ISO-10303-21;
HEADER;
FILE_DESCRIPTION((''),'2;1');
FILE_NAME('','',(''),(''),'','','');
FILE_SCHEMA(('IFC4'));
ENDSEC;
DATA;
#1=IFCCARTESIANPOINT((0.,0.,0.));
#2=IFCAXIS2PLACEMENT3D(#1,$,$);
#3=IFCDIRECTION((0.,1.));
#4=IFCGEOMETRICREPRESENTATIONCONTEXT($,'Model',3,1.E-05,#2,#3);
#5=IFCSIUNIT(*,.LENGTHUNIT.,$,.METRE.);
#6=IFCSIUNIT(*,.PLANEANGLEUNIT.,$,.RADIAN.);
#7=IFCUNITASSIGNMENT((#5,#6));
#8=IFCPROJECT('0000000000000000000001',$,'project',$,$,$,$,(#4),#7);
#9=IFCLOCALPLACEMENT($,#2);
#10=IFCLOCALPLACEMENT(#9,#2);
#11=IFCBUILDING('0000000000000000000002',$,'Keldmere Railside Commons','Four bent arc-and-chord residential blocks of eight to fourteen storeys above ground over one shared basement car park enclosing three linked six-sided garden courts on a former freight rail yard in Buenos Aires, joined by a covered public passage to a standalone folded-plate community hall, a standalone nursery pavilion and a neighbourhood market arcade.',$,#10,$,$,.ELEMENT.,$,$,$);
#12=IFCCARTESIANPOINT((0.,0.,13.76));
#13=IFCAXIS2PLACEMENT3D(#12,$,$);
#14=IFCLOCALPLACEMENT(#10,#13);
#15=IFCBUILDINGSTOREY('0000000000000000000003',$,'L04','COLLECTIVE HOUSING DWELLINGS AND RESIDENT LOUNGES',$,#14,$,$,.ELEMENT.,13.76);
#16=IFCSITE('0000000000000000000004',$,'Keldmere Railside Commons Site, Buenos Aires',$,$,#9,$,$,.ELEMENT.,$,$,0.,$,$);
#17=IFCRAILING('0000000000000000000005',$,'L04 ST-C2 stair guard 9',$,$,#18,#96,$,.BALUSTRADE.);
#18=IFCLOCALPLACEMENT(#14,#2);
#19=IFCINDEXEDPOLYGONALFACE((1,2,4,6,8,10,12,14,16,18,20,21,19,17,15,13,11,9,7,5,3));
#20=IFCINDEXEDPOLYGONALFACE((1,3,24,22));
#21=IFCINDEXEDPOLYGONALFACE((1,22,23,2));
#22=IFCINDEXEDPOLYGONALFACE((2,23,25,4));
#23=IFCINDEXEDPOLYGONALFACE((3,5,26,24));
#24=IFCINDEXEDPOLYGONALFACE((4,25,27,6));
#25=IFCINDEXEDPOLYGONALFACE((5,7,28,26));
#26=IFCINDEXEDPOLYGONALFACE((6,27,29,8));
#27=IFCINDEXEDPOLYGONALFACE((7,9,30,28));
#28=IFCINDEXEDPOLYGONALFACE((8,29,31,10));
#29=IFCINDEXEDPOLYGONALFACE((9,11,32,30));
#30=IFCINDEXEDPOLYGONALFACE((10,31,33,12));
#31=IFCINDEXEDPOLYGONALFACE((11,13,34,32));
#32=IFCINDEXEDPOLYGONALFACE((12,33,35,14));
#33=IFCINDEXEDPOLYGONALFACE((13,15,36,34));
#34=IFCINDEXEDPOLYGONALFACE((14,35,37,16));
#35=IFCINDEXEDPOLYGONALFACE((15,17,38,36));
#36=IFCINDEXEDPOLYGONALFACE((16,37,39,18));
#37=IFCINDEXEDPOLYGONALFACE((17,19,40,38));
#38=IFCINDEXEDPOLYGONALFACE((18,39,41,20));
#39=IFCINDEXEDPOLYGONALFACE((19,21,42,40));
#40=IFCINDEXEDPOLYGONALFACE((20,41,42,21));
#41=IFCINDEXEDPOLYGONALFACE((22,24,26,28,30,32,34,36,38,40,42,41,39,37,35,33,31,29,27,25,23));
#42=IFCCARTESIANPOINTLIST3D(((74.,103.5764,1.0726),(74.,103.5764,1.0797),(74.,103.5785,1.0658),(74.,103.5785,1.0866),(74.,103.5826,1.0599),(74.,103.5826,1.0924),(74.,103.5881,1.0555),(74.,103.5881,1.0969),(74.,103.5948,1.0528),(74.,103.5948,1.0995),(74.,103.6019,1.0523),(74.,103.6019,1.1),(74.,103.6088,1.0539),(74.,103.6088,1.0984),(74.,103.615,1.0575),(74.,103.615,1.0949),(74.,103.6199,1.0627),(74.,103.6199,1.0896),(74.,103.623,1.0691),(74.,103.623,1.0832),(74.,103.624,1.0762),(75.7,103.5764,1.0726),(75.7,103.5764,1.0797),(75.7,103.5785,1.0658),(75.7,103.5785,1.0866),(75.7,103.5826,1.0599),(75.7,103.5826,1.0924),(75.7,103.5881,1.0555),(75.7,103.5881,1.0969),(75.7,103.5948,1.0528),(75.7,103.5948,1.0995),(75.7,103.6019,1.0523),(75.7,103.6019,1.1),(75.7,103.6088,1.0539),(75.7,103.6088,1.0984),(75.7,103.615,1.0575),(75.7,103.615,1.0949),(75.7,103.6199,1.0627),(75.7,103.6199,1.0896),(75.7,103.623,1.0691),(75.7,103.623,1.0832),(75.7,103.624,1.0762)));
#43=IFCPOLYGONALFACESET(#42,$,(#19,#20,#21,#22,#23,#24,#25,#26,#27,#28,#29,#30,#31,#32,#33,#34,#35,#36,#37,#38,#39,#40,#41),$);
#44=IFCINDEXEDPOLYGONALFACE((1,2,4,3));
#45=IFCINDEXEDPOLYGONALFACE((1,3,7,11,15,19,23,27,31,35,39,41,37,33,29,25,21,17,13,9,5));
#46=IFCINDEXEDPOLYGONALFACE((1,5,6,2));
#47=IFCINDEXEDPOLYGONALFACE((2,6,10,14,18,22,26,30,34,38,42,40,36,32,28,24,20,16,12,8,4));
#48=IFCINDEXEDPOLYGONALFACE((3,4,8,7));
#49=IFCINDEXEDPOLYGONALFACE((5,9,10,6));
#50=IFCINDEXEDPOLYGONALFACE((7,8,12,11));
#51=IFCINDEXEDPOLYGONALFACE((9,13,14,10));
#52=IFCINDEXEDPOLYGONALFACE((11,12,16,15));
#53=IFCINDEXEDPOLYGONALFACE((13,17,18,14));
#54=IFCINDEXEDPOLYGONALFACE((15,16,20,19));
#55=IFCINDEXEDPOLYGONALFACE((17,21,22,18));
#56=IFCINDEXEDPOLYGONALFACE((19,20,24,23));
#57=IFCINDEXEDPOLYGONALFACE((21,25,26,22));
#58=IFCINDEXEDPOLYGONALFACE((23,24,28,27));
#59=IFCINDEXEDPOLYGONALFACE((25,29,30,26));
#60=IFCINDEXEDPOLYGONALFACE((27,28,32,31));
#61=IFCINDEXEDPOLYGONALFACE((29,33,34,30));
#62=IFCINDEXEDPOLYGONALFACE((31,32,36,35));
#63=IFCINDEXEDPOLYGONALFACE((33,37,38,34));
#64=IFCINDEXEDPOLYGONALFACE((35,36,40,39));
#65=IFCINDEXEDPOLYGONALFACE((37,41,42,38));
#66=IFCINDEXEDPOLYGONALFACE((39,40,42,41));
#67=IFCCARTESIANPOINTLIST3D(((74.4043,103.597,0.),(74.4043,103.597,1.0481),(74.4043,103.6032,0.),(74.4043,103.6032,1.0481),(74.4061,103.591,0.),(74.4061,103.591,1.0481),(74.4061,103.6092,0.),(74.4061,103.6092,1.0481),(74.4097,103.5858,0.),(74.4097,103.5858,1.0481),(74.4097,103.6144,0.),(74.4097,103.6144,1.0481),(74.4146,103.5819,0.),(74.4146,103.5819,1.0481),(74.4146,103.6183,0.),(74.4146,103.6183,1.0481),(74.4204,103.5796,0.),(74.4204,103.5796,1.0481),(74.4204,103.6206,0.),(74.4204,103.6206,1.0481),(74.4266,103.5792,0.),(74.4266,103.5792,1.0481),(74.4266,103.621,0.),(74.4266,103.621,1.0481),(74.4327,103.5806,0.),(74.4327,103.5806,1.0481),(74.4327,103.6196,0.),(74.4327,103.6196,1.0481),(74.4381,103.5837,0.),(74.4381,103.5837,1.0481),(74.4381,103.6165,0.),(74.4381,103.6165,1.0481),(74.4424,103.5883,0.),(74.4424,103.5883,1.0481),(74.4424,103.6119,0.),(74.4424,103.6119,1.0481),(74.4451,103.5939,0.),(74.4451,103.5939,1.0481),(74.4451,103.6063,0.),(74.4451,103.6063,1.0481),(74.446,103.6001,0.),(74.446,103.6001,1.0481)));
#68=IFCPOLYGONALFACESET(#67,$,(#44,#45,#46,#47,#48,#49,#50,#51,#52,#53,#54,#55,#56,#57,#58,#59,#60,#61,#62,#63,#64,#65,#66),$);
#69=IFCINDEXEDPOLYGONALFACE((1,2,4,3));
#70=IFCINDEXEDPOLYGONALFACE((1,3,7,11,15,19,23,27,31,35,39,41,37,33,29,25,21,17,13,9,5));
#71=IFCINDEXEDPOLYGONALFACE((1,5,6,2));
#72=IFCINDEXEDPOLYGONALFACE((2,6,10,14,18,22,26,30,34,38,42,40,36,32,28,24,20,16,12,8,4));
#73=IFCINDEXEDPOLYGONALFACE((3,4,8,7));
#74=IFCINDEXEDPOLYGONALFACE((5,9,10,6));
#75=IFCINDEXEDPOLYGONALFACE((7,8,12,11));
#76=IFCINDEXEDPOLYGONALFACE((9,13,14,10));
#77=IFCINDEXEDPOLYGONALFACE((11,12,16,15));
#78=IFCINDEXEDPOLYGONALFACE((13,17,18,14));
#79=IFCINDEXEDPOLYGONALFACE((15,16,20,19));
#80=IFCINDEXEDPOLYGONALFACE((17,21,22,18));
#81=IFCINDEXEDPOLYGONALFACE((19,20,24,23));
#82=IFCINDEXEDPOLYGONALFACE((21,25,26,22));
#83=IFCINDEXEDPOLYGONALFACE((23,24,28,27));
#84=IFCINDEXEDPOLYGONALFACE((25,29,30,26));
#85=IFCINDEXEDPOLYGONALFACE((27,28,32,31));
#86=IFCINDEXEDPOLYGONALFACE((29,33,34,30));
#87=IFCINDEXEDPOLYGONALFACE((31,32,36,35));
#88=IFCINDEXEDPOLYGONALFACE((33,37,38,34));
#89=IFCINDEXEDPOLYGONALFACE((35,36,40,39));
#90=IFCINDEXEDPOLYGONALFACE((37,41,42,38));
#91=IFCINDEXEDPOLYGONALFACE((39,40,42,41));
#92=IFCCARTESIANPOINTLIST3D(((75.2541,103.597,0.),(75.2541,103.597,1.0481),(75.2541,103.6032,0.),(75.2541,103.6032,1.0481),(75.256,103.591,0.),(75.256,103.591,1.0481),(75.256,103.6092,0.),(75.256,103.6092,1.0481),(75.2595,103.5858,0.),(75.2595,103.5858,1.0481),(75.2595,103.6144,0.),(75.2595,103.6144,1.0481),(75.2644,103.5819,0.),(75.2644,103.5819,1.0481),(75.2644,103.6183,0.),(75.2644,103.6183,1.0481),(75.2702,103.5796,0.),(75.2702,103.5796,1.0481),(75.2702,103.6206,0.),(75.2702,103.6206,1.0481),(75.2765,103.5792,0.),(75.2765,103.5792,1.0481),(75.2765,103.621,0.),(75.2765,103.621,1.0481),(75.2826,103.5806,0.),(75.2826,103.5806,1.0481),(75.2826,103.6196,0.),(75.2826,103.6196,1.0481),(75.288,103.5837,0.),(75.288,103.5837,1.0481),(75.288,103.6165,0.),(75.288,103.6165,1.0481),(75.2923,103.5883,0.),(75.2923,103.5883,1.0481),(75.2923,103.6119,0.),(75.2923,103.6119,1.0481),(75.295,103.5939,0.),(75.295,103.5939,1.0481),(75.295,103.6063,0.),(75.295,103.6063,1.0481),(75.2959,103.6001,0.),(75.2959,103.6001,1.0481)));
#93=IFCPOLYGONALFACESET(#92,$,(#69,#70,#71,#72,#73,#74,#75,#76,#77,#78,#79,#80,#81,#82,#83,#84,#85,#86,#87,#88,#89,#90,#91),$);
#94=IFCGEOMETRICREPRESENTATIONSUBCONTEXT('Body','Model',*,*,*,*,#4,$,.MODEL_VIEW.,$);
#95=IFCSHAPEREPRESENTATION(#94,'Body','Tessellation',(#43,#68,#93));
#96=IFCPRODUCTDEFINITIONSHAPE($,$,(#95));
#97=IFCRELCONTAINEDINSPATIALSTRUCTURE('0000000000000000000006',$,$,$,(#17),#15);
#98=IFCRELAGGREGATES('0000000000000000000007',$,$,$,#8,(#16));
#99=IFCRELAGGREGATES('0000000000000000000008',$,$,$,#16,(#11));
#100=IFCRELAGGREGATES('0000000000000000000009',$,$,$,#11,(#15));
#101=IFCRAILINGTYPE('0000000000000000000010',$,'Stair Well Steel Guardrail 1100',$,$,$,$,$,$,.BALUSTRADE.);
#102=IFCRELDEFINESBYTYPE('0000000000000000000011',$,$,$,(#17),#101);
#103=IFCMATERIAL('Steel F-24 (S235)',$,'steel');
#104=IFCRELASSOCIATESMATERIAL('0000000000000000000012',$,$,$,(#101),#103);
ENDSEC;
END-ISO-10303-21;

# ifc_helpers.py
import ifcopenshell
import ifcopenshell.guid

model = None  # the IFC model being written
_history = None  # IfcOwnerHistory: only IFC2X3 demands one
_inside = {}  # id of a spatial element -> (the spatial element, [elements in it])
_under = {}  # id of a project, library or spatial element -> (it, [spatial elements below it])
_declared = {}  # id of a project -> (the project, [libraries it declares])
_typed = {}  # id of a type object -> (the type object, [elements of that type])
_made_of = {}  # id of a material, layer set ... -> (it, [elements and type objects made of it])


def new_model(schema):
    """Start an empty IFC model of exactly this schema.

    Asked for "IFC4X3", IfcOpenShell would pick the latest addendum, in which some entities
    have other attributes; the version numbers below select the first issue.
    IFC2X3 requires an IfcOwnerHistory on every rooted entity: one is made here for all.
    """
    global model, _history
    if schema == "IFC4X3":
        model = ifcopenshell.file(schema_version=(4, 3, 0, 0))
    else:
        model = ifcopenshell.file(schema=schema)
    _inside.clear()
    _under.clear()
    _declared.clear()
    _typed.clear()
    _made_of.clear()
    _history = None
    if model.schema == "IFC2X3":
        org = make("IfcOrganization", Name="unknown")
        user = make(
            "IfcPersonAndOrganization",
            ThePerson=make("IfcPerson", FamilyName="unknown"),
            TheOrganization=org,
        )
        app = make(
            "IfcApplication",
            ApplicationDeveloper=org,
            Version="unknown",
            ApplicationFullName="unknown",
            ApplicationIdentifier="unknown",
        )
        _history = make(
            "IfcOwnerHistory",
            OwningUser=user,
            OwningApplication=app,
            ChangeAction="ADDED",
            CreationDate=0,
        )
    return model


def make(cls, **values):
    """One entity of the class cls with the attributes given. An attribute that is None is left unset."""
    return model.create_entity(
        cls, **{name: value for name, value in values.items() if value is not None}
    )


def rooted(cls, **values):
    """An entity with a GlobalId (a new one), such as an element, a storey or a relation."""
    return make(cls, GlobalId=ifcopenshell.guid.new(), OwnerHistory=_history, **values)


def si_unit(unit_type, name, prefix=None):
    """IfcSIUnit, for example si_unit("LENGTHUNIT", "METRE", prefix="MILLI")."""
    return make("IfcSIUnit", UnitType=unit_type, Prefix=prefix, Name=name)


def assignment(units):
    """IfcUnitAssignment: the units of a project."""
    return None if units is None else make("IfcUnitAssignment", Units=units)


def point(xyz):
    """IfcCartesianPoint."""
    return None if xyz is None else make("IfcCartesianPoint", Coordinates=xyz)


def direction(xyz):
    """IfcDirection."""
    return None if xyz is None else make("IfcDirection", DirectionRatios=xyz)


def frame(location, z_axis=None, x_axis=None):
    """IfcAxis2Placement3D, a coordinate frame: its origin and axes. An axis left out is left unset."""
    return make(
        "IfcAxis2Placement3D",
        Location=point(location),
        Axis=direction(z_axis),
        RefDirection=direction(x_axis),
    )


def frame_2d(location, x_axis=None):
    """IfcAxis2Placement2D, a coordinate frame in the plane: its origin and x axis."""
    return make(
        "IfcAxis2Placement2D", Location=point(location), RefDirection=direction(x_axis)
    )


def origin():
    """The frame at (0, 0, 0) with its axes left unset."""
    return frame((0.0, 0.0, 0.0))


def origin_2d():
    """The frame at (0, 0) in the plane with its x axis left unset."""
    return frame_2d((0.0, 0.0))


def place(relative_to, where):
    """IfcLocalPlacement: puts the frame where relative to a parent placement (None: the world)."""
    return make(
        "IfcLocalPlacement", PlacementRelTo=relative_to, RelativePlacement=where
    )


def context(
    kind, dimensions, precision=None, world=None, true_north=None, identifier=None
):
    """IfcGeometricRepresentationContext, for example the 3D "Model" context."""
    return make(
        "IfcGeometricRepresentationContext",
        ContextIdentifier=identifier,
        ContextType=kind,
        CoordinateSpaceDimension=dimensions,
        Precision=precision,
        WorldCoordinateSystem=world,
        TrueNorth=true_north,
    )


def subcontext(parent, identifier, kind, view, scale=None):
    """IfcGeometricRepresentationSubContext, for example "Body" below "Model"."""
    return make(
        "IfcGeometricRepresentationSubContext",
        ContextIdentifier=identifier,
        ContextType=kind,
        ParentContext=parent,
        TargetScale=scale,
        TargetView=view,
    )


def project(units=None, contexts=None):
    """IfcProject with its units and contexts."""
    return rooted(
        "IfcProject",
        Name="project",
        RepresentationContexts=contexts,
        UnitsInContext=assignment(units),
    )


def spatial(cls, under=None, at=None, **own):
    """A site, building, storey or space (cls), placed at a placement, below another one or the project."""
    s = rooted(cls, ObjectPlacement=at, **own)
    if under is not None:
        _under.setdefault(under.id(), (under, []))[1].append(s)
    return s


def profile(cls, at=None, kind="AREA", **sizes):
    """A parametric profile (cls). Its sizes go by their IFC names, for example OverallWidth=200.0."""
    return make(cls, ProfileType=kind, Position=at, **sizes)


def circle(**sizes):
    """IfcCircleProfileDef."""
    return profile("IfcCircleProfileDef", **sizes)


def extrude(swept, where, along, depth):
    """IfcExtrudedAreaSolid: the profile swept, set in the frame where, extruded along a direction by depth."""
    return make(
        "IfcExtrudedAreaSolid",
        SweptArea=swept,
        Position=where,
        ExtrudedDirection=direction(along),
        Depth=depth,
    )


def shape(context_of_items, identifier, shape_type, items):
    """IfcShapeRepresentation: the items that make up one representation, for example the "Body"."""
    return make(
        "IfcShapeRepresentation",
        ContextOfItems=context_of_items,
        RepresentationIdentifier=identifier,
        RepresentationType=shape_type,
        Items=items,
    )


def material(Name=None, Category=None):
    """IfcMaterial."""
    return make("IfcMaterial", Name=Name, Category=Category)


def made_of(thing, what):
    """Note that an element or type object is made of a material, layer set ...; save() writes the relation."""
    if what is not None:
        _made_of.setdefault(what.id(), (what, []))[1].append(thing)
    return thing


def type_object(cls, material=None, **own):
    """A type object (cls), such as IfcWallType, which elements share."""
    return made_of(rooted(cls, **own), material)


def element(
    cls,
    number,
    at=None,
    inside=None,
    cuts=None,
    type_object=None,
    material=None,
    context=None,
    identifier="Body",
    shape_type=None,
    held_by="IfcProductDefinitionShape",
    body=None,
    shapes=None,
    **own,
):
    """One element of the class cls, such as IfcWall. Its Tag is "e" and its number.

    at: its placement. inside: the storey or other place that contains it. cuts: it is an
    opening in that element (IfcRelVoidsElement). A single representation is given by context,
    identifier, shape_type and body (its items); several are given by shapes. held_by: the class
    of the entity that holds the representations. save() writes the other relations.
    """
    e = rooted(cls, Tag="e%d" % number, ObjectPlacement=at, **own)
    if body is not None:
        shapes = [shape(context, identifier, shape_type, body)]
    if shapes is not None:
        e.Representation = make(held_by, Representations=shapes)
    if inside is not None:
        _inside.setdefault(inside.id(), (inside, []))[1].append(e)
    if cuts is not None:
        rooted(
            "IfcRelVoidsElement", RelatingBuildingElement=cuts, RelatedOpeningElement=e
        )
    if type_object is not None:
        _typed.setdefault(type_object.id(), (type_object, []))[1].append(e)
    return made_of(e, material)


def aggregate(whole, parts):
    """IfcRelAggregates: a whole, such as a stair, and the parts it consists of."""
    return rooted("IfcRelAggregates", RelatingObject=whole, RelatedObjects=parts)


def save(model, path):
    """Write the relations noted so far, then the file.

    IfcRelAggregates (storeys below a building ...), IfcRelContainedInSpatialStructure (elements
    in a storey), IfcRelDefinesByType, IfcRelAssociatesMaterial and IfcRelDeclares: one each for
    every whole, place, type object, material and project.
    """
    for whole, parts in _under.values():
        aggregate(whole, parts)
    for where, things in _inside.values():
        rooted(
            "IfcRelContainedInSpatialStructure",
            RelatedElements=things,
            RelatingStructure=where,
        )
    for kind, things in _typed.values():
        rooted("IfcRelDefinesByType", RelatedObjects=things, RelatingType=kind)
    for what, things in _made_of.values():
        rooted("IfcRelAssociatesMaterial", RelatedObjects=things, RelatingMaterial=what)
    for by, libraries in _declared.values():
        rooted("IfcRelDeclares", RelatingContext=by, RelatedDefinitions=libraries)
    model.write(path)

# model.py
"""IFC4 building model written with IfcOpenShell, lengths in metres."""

from ifc_helpers import new_model, si_unit, direction, frame, origin, origin_2d, place, context, subcontext, project, spatial, circle, extrude, material, type_object, element, save


model = new_model("IFC4")

# Units and contexts
model_context = context("Model", 3, precision=1e-05, world=origin(), true_north=direction((0.0, 1.0)))
body_context = subcontext(model_context, "Body", "Model", "MODEL_VIEW")
ifc_project = project(units=[si_unit("LENGTHUNIT", "METRE"), si_unit("PLANEANGLEUNIT", "RADIAN")], contexts=[model_context])

# Site, building, storey
site_placement = place(None, origin())
site = spatial("IfcSite", under=ifc_project, at=site_placement, Name="Keldmere Railside Commons Site, Buenos Aires", CompositionType="ELEMENT", RefElevation=0.0)
building_placement = place(site_placement, origin())
building = spatial("IfcBuilding", under=site, at=building_placement, Name="Keldmere Railside Commons", Description="Four bent arc-and-chord residential blocks of eight to fourteen storeys above ground over one shared basement car park enclosing three linked six-sided garden courts on a former freight rail yard in Buenos Aires, joined by a covered public passage to a standalone folded-plate community hall, a standalone nursery pavilion and a neighbourhood market arcade.", CompositionType="ELEMENT")
storey_placement = place(building_placement, frame((0.0, 0.0, 13.76)))
storey = spatial("IfcBuildingStorey", under=building, at=storey_placement, Name="L04", Description="COLLECTIVE HOUSING DWELLINGS AND RESIDENT LOUNGES", CompositionType="ELEMENT", Elevation=13.76)

# Shared definitions
ifc_material_1 = material(Name="Steel F-24 (S235)", Category="steel")

# Railing
railing_type_1 = type_object("IfcRailingType", Name="Stair Well Steel Guardrail 1100", PredefinedType="BALUSTRADE", material=ifc_material_1)
railing_1_placement = place(storey_placement, frame((74.0, 103.6001, 0.0)))
element("IfcRailing", 1, at=railing_1_placement, inside=storey, type_object=railing_type_1, Name="L04 ST-C2 stair guard 9", PredefinedType="BALUSTRADE", context=body_context, shape_type="SweptSolid", body=[
    extrude(circle(Radius=0.0239, at=origin_2d()), frame((0.0, 0.0, 1.0762), z_axis=(1.0, 0.0, 0.0), x_axis=(0.0, 1.0, 0.0)), (0.0, 0.0, 1.0), 1.7),
    extrude(circle(Radius=0.021, at=origin_2d()), frame((0.425, 0.0, 0.0)), (0.0, 0.0, 1.0), 1.0481),
    extrude(circle(Radius=0.021, at=origin_2d()), frame((1.2749, 0.0, 0.0)), (0.0, 0.0, 1.0), 1.0481),
])

save(model, "model.ifc")
